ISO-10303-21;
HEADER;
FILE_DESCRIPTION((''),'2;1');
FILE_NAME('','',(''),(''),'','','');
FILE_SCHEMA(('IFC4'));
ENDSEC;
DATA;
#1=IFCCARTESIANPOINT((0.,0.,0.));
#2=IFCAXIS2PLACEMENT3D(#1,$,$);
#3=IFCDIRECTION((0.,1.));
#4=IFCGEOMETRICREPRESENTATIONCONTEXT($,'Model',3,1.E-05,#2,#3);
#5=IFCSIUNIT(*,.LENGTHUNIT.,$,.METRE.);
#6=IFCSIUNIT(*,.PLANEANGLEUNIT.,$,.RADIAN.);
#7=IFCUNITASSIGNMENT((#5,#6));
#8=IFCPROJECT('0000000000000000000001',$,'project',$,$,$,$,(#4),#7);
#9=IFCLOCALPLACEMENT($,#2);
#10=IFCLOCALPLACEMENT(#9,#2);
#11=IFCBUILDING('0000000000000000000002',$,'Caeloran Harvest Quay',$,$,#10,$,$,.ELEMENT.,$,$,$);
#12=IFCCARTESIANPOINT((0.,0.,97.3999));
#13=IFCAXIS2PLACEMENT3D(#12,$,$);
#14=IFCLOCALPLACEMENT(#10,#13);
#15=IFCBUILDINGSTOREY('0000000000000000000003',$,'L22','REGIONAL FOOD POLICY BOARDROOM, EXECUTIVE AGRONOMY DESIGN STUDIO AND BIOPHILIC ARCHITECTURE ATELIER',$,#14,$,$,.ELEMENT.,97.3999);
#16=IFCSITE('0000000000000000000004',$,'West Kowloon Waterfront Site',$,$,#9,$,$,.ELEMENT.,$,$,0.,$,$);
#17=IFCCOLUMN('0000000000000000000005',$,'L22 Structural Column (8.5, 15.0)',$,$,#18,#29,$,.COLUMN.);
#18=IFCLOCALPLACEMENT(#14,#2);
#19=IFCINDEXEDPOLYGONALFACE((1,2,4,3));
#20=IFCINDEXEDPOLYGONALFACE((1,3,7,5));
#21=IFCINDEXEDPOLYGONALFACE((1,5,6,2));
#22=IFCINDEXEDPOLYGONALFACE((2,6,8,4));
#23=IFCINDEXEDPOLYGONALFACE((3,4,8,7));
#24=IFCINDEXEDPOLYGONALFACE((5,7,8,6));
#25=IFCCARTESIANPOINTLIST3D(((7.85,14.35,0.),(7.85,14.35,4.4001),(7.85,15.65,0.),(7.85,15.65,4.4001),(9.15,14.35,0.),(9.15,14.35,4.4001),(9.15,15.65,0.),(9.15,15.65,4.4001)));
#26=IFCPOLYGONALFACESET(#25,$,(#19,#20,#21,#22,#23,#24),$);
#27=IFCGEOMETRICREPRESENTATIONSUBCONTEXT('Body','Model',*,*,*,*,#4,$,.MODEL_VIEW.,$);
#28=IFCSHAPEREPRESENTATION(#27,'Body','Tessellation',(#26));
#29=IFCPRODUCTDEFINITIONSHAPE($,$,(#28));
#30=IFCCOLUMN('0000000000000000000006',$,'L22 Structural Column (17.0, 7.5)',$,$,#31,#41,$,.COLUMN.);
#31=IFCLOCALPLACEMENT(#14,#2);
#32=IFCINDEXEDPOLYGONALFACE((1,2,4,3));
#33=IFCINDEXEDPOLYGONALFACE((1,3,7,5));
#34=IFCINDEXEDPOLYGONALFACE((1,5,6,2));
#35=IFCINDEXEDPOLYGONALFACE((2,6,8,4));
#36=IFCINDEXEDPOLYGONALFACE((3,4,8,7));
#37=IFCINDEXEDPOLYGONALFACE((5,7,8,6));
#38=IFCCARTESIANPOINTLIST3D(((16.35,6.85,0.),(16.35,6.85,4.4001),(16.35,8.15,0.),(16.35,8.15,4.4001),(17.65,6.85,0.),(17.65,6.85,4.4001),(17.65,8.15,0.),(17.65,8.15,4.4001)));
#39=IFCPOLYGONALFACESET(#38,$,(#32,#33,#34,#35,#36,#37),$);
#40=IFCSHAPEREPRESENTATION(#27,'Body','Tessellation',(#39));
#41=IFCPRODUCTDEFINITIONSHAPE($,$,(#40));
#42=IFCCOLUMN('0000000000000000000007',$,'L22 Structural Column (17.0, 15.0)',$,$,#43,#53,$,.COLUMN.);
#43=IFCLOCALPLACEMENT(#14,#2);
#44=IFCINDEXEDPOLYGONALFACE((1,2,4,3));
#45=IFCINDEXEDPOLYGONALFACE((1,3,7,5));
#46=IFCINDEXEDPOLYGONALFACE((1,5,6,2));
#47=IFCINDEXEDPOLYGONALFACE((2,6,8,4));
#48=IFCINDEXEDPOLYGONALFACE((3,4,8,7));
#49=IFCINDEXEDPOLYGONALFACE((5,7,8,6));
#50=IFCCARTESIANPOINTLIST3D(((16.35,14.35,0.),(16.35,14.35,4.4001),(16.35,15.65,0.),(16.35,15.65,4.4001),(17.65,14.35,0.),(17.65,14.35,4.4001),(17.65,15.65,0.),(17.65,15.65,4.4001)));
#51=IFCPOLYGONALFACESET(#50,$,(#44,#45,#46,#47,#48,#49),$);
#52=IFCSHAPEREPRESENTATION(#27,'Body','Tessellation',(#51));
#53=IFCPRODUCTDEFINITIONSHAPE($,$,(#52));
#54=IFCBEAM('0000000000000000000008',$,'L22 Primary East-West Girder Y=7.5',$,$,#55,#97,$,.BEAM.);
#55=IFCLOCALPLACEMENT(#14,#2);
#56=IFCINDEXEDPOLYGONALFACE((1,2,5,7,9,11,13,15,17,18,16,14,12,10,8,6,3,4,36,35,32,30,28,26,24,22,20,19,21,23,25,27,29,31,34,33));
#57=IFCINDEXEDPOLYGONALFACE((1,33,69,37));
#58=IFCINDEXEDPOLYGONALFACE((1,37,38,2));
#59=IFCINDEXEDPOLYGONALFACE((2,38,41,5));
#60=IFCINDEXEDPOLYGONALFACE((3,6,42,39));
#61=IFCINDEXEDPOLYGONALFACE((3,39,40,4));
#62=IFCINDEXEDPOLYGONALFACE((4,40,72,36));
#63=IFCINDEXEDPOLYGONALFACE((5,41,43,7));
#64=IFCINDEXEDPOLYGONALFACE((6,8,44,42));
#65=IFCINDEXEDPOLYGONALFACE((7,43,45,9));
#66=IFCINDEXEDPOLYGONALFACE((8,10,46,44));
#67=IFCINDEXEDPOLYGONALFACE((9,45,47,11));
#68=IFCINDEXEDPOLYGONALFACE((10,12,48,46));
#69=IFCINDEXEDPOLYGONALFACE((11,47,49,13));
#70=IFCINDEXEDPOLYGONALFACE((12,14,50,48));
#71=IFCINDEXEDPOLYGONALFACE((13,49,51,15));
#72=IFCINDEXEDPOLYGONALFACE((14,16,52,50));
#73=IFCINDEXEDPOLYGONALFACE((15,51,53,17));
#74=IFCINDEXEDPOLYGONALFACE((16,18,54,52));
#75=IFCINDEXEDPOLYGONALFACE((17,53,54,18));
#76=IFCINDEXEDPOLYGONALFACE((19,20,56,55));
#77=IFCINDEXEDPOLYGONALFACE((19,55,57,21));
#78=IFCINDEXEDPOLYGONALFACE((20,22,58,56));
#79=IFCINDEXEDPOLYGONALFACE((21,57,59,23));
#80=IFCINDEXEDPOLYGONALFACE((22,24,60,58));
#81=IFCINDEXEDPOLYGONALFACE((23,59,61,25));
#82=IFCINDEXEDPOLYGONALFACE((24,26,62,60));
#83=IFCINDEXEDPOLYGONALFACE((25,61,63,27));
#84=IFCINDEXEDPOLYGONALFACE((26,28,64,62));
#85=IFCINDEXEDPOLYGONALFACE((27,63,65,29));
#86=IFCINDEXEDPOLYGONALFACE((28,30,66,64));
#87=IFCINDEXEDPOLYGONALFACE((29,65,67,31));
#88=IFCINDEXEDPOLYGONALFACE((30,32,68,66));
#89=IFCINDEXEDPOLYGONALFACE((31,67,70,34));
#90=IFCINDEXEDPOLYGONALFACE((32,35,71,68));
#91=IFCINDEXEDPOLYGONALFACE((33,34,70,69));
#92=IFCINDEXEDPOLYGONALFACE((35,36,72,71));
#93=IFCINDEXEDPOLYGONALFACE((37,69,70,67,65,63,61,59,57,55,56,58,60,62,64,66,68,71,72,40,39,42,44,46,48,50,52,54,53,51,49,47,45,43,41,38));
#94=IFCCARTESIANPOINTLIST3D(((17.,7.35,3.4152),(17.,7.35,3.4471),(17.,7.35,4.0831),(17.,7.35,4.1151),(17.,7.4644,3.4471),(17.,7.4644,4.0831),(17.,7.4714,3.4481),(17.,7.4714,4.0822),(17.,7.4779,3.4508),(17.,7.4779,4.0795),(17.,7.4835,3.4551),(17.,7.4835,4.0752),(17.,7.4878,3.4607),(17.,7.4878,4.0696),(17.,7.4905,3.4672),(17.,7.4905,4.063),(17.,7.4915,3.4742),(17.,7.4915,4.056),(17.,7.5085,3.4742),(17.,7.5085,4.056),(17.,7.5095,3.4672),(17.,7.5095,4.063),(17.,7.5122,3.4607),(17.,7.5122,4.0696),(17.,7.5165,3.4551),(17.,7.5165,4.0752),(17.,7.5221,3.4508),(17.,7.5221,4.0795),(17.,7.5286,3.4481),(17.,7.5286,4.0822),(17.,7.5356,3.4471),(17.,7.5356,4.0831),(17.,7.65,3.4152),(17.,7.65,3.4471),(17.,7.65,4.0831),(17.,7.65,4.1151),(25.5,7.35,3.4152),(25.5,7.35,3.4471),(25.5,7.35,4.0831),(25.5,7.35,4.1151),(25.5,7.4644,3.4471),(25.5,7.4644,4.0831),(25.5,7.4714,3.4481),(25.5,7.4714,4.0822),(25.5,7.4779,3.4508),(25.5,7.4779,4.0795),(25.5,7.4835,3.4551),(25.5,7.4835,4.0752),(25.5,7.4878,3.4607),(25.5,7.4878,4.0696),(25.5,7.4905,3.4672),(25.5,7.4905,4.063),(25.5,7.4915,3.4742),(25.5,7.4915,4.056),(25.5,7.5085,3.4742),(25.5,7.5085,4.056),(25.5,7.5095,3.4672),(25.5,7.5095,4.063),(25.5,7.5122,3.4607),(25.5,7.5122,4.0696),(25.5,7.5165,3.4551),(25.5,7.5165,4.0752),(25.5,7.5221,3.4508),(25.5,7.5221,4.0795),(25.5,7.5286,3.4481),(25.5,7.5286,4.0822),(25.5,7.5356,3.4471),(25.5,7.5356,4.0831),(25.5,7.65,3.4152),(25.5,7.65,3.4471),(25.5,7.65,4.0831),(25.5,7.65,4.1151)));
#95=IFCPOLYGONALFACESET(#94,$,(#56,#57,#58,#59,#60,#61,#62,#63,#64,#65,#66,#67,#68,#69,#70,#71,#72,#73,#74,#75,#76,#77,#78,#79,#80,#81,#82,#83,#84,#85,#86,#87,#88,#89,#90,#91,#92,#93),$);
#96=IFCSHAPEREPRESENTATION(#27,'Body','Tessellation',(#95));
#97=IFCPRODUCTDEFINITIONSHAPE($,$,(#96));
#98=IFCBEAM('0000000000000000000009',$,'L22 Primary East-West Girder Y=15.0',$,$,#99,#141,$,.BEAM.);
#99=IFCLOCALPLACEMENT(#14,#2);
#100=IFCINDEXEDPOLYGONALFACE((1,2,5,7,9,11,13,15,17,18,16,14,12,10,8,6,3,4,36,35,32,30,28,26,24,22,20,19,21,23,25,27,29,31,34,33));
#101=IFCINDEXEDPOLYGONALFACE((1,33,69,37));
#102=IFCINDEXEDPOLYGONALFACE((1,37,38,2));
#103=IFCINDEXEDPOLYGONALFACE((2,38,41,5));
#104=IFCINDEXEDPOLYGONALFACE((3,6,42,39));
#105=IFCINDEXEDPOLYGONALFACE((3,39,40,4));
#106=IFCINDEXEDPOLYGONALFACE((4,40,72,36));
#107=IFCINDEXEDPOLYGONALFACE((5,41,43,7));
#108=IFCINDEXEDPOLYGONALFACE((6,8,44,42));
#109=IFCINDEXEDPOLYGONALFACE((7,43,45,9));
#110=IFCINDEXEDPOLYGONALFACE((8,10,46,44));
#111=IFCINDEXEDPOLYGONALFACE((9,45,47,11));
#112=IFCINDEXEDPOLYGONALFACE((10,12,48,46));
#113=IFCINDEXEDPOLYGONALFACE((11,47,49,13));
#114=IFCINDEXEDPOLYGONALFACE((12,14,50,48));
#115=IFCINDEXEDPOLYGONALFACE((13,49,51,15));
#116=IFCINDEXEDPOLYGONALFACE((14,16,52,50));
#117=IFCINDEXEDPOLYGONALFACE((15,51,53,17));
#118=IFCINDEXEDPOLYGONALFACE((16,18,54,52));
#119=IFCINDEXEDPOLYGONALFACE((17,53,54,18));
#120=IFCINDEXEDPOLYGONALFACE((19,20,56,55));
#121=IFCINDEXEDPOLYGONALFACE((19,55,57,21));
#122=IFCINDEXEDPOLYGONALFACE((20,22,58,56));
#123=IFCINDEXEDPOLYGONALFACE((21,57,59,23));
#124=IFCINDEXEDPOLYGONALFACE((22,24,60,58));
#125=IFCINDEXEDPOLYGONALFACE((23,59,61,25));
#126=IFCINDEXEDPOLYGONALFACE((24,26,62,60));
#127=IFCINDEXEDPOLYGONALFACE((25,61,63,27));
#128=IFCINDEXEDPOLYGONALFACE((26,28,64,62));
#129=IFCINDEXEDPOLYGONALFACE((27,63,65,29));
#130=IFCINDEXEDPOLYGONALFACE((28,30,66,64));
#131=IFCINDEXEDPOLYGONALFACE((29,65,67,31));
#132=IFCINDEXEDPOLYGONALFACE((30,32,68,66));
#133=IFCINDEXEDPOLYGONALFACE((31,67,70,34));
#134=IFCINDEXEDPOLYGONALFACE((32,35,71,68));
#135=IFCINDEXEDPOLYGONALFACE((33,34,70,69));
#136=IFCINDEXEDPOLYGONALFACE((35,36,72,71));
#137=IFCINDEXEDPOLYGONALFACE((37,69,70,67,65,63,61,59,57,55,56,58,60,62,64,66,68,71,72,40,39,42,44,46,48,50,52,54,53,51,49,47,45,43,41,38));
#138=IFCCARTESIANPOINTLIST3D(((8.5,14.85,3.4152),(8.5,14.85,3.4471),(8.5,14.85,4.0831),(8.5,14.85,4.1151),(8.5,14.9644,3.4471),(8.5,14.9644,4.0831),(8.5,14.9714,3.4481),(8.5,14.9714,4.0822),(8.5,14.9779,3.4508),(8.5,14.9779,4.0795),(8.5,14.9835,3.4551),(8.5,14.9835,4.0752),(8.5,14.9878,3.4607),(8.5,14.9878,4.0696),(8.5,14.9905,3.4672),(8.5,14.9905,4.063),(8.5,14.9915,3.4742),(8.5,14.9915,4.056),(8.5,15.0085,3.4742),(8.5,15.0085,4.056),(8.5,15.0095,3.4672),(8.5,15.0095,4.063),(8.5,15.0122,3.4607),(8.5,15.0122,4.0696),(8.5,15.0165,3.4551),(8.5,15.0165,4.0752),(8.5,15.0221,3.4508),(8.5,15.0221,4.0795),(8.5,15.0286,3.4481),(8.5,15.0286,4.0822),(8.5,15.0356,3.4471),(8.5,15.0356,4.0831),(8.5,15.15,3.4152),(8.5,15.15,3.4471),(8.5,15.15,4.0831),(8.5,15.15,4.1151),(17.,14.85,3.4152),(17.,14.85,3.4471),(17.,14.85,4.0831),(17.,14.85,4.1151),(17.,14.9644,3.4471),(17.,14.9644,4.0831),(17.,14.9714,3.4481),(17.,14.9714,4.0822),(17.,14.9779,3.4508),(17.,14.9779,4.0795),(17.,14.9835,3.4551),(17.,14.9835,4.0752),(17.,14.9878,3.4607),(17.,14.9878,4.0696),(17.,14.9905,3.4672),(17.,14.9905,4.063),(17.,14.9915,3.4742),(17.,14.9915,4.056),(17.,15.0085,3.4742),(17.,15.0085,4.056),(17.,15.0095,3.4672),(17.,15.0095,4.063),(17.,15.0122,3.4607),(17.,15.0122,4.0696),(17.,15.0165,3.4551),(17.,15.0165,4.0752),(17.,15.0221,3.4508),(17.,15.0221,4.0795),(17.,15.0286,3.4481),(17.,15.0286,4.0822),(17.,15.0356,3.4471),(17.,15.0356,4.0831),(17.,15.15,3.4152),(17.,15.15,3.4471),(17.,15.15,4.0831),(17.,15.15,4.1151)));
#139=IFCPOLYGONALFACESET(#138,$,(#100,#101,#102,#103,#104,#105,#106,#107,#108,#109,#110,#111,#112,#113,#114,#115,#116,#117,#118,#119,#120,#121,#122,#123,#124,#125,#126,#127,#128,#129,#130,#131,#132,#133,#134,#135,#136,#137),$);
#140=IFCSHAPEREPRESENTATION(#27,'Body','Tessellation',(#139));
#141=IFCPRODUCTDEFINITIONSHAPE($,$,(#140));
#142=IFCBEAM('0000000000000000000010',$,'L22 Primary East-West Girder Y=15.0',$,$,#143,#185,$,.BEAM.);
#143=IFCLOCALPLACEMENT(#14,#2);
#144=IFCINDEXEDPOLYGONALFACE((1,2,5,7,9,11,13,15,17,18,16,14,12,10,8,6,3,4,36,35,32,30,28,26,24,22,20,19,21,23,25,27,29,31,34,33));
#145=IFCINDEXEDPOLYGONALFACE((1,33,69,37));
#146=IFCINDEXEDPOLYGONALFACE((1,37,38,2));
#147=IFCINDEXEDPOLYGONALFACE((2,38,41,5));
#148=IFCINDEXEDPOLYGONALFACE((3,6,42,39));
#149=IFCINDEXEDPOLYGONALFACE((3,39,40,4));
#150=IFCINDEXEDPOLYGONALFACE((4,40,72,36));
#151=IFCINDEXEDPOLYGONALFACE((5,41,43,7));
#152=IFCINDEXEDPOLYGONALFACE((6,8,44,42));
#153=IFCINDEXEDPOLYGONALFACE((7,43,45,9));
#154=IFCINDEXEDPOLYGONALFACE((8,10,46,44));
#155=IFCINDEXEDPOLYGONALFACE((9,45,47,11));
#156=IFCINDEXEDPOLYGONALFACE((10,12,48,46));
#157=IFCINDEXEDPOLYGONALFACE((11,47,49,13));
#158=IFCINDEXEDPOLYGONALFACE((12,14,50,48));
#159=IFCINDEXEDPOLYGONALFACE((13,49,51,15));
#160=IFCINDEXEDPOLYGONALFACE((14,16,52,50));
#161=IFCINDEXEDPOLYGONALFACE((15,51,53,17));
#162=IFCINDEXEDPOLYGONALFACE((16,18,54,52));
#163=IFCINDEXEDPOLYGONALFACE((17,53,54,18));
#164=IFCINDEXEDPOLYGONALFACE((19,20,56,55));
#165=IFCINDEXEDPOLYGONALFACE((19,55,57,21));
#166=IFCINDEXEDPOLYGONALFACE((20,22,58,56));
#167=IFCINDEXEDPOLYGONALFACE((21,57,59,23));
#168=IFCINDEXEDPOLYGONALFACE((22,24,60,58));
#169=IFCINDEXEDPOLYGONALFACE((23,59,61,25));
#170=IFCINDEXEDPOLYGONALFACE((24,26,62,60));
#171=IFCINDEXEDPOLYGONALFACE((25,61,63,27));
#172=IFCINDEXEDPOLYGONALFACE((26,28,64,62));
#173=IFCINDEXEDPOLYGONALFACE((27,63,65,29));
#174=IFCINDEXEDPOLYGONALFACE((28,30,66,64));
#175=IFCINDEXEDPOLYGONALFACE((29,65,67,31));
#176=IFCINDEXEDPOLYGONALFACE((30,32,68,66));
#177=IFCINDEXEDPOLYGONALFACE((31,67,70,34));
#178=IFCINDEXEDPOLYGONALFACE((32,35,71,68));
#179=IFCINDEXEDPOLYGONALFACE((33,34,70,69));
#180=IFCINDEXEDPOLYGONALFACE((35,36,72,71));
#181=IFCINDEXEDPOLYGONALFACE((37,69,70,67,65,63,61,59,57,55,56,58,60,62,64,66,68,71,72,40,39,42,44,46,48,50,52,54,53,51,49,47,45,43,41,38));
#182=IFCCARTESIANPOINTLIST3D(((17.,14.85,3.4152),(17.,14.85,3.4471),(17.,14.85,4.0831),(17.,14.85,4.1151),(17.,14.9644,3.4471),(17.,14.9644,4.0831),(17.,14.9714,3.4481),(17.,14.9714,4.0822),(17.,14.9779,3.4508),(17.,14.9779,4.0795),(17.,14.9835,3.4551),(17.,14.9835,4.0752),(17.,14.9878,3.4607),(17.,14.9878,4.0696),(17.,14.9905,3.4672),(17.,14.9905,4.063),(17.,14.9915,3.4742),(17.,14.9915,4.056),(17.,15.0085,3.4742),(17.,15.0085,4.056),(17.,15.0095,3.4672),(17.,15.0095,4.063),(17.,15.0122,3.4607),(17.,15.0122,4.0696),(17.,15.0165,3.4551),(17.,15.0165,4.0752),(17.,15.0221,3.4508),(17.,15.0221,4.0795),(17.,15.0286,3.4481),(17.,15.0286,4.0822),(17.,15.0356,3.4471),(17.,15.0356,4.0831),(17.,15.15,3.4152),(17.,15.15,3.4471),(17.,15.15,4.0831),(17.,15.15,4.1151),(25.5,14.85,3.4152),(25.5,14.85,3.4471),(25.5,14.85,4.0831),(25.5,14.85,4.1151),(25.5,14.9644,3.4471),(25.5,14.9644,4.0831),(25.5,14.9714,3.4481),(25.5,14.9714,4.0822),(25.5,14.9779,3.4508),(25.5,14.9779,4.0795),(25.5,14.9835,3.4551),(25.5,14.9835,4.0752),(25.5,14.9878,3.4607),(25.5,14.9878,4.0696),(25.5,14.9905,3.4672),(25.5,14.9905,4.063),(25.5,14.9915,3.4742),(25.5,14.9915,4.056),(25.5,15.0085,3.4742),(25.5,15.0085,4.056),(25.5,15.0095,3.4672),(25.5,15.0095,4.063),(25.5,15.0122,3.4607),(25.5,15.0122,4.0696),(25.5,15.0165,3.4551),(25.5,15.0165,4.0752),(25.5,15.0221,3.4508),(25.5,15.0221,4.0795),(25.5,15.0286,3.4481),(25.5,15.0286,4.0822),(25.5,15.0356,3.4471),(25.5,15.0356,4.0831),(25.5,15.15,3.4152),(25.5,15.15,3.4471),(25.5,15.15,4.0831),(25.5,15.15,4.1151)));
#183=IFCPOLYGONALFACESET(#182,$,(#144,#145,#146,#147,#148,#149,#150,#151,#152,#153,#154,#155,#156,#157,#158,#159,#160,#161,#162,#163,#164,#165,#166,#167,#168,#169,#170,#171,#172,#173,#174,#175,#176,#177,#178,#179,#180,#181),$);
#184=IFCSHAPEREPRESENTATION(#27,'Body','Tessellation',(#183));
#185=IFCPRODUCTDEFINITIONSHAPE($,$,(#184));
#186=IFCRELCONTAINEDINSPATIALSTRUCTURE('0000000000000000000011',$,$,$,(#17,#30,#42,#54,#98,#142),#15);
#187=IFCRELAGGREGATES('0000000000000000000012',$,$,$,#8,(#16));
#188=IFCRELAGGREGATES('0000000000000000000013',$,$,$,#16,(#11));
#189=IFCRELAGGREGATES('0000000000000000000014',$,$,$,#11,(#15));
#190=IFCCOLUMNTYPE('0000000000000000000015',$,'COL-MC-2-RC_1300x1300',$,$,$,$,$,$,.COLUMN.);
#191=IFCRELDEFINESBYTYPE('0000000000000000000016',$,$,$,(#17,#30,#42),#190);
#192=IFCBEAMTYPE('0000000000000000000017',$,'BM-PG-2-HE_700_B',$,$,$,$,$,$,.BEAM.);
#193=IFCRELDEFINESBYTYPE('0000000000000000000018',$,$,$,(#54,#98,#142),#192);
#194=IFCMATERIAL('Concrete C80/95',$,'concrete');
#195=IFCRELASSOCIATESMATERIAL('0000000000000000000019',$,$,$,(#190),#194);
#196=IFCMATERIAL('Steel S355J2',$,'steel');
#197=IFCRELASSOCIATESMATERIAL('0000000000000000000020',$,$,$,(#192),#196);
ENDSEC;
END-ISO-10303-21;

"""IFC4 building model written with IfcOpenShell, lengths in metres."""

from ifc_helpers import new_model, si_unit, direction, frame, origin, origin_2d, place, context, subcontext, project, spatial, rectangle, i_section, extrude, material, material_profile, profile_set, type_object, element, save


model = new_model("IFC4")

# Units and contexts
model_context = context("Model", 3, precision=1e-05, world=origin(), true_north=direction((0.0, 1.0)))
body_context = subcontext(model_context, "Body", "Model", "MODEL_VIEW")
ifc_project = project(units=[si_unit("LENGTHUNIT", "METRE"), si_unit("PLANEANGLEUNIT", "RADIAN")], contexts=[model_context])

# Site, building, storey
site_placement = place(None, origin())
site = spatial("IfcSite", under=ifc_project, at=site_placement, Name="West Kowloon Waterfront Site", CompositionType="ELEMENT", RefElevation=0.0)
building_placement = place(site_placement, origin())
building = spatial("IfcBuilding", under=site, at=building_placement, Name="Caeloran Harvest Quay", CompositionType="ELEMENT")
storey_placement = place(building_placement, frame((0.0, 0.0, 97.3999)))
storey = spatial("IfcBuildingStorey", under=building, at=storey_placement, Name="L22", Description="REGIONAL FOOD POLICY BOARDROOM, EXECUTIVE AGRONOMY DESIGN STUDIO AND BIOPHILIC ARCHITECTURE ATELIER", CompositionType="ELEMENT", Elevation=97.3999)

# Columns
ifc_material_1 = material(Name="Concrete C80/95", Category="concrete")
ifc_material_profile_1 = material_profile(ifc_material_1, rectangle(XDim=1.3, YDim=1.3, at=origin_2d()), Name="RC 1300x1300")
ifc_profile_set_1 = profile_set([ifc_material_profile_1], Name="Concrete C80/95")
column_type = type_object("IfcColumnType", Name="COL-MC-2-RC_1300x1300", PredefinedType="COLUMN", material=ifc_profile_set_1)
for number, where, z_axis, x_axis, name in (
    (1, (8.5, 15.0, 0.0), (0.0, 0.0, 1.0), (1.0, 0.0, 0.0), "L22 Structural Column (8.5, 15.0)"),
    (2, (17.0, 7.5, 0.0), (0.0, 0.0, 1.0), (1.0, 0.0, 0.0), "L22 Structural Column (17.0, 7.5)"),
    (3, (17.0, 15.0, 0.0), (0.0, 0.0, 1.0), (1.0, 0.0, 0.0), "L22 Structural Column (17.0, 15.0)"),
):
    element("IfcColumn", number, at=place(storey_placement, frame(where, z_axis=z_axis, x_axis=x_axis)), inside=storey, type_object=column_type, Name=name, PredefinedType="COLUMN", context=body_context, shape_type="SweptSolid", body=[
        extrude(rectangle(XDim=1.3, YDim=1.3, at=origin_2d()), origin(), (0.0, 0.0, 1.0), 4.4001),
    ])

# Beams
ifc_material_2 = material(Name="Steel S355J2", Category="steel")
ifc_material_profile_2 = material_profile(ifc_material_2, i_section(OverallWidth=0.3, OverallDepth=0.7, WebThickness=0.0171, FlangeThickness=0.032, FilletRadius=0.0271, at=origin_2d()), Name="HE 700 B")
ifc_profile_set_2 = profile_set([ifc_material_profile_2], Name="Steel S355J2")
beam_type_1 = type_object("IfcBeamType", Name="BM-PG-2-HE_700_B", PredefinedType="BEAM", material=ifc_profile_set_2)
for number, where, z_axis, x_axis, name in (
    (4, (17.0, 7.5, 3.7651), (1.0, 0.0, 0.0), (0.0, 1.0, 0.0), "L22 Primary East-West Girder Y=7.5"),
    (5, (8.5, 15.0, 3.7651), (1.0, 0.0, 0.0), (0.0, 1.0, 0.0), "L22 Primary East-West Girder Y=15.0"),
    (6, (17.0, 15.0, 3.7651), (1.0, 0.0, 0.0), (0.0, 1.0, 0.0), "L22 Primary East-West Girder Y=15.0"),
):
    element("IfcBeam", number, at=place(storey_placement, frame(where, z_axis=z_axis, x_axis=x_axis)), inside=storey, type_object=beam_type_1, Name=name, PredefinedType="BEAM", context=body_context, shape_type="SweptSolid", body=[
        extrude(i_section(OverallWidth=0.3, OverallDepth=0.7, WebThickness=0.0171, FlangeThickness=0.032, FilletRadius=0.0271, at=origin_2d()), origin(), (0.0, 0.0, 1.0), 8.5),
    ])

save(model, "model.ifc")
